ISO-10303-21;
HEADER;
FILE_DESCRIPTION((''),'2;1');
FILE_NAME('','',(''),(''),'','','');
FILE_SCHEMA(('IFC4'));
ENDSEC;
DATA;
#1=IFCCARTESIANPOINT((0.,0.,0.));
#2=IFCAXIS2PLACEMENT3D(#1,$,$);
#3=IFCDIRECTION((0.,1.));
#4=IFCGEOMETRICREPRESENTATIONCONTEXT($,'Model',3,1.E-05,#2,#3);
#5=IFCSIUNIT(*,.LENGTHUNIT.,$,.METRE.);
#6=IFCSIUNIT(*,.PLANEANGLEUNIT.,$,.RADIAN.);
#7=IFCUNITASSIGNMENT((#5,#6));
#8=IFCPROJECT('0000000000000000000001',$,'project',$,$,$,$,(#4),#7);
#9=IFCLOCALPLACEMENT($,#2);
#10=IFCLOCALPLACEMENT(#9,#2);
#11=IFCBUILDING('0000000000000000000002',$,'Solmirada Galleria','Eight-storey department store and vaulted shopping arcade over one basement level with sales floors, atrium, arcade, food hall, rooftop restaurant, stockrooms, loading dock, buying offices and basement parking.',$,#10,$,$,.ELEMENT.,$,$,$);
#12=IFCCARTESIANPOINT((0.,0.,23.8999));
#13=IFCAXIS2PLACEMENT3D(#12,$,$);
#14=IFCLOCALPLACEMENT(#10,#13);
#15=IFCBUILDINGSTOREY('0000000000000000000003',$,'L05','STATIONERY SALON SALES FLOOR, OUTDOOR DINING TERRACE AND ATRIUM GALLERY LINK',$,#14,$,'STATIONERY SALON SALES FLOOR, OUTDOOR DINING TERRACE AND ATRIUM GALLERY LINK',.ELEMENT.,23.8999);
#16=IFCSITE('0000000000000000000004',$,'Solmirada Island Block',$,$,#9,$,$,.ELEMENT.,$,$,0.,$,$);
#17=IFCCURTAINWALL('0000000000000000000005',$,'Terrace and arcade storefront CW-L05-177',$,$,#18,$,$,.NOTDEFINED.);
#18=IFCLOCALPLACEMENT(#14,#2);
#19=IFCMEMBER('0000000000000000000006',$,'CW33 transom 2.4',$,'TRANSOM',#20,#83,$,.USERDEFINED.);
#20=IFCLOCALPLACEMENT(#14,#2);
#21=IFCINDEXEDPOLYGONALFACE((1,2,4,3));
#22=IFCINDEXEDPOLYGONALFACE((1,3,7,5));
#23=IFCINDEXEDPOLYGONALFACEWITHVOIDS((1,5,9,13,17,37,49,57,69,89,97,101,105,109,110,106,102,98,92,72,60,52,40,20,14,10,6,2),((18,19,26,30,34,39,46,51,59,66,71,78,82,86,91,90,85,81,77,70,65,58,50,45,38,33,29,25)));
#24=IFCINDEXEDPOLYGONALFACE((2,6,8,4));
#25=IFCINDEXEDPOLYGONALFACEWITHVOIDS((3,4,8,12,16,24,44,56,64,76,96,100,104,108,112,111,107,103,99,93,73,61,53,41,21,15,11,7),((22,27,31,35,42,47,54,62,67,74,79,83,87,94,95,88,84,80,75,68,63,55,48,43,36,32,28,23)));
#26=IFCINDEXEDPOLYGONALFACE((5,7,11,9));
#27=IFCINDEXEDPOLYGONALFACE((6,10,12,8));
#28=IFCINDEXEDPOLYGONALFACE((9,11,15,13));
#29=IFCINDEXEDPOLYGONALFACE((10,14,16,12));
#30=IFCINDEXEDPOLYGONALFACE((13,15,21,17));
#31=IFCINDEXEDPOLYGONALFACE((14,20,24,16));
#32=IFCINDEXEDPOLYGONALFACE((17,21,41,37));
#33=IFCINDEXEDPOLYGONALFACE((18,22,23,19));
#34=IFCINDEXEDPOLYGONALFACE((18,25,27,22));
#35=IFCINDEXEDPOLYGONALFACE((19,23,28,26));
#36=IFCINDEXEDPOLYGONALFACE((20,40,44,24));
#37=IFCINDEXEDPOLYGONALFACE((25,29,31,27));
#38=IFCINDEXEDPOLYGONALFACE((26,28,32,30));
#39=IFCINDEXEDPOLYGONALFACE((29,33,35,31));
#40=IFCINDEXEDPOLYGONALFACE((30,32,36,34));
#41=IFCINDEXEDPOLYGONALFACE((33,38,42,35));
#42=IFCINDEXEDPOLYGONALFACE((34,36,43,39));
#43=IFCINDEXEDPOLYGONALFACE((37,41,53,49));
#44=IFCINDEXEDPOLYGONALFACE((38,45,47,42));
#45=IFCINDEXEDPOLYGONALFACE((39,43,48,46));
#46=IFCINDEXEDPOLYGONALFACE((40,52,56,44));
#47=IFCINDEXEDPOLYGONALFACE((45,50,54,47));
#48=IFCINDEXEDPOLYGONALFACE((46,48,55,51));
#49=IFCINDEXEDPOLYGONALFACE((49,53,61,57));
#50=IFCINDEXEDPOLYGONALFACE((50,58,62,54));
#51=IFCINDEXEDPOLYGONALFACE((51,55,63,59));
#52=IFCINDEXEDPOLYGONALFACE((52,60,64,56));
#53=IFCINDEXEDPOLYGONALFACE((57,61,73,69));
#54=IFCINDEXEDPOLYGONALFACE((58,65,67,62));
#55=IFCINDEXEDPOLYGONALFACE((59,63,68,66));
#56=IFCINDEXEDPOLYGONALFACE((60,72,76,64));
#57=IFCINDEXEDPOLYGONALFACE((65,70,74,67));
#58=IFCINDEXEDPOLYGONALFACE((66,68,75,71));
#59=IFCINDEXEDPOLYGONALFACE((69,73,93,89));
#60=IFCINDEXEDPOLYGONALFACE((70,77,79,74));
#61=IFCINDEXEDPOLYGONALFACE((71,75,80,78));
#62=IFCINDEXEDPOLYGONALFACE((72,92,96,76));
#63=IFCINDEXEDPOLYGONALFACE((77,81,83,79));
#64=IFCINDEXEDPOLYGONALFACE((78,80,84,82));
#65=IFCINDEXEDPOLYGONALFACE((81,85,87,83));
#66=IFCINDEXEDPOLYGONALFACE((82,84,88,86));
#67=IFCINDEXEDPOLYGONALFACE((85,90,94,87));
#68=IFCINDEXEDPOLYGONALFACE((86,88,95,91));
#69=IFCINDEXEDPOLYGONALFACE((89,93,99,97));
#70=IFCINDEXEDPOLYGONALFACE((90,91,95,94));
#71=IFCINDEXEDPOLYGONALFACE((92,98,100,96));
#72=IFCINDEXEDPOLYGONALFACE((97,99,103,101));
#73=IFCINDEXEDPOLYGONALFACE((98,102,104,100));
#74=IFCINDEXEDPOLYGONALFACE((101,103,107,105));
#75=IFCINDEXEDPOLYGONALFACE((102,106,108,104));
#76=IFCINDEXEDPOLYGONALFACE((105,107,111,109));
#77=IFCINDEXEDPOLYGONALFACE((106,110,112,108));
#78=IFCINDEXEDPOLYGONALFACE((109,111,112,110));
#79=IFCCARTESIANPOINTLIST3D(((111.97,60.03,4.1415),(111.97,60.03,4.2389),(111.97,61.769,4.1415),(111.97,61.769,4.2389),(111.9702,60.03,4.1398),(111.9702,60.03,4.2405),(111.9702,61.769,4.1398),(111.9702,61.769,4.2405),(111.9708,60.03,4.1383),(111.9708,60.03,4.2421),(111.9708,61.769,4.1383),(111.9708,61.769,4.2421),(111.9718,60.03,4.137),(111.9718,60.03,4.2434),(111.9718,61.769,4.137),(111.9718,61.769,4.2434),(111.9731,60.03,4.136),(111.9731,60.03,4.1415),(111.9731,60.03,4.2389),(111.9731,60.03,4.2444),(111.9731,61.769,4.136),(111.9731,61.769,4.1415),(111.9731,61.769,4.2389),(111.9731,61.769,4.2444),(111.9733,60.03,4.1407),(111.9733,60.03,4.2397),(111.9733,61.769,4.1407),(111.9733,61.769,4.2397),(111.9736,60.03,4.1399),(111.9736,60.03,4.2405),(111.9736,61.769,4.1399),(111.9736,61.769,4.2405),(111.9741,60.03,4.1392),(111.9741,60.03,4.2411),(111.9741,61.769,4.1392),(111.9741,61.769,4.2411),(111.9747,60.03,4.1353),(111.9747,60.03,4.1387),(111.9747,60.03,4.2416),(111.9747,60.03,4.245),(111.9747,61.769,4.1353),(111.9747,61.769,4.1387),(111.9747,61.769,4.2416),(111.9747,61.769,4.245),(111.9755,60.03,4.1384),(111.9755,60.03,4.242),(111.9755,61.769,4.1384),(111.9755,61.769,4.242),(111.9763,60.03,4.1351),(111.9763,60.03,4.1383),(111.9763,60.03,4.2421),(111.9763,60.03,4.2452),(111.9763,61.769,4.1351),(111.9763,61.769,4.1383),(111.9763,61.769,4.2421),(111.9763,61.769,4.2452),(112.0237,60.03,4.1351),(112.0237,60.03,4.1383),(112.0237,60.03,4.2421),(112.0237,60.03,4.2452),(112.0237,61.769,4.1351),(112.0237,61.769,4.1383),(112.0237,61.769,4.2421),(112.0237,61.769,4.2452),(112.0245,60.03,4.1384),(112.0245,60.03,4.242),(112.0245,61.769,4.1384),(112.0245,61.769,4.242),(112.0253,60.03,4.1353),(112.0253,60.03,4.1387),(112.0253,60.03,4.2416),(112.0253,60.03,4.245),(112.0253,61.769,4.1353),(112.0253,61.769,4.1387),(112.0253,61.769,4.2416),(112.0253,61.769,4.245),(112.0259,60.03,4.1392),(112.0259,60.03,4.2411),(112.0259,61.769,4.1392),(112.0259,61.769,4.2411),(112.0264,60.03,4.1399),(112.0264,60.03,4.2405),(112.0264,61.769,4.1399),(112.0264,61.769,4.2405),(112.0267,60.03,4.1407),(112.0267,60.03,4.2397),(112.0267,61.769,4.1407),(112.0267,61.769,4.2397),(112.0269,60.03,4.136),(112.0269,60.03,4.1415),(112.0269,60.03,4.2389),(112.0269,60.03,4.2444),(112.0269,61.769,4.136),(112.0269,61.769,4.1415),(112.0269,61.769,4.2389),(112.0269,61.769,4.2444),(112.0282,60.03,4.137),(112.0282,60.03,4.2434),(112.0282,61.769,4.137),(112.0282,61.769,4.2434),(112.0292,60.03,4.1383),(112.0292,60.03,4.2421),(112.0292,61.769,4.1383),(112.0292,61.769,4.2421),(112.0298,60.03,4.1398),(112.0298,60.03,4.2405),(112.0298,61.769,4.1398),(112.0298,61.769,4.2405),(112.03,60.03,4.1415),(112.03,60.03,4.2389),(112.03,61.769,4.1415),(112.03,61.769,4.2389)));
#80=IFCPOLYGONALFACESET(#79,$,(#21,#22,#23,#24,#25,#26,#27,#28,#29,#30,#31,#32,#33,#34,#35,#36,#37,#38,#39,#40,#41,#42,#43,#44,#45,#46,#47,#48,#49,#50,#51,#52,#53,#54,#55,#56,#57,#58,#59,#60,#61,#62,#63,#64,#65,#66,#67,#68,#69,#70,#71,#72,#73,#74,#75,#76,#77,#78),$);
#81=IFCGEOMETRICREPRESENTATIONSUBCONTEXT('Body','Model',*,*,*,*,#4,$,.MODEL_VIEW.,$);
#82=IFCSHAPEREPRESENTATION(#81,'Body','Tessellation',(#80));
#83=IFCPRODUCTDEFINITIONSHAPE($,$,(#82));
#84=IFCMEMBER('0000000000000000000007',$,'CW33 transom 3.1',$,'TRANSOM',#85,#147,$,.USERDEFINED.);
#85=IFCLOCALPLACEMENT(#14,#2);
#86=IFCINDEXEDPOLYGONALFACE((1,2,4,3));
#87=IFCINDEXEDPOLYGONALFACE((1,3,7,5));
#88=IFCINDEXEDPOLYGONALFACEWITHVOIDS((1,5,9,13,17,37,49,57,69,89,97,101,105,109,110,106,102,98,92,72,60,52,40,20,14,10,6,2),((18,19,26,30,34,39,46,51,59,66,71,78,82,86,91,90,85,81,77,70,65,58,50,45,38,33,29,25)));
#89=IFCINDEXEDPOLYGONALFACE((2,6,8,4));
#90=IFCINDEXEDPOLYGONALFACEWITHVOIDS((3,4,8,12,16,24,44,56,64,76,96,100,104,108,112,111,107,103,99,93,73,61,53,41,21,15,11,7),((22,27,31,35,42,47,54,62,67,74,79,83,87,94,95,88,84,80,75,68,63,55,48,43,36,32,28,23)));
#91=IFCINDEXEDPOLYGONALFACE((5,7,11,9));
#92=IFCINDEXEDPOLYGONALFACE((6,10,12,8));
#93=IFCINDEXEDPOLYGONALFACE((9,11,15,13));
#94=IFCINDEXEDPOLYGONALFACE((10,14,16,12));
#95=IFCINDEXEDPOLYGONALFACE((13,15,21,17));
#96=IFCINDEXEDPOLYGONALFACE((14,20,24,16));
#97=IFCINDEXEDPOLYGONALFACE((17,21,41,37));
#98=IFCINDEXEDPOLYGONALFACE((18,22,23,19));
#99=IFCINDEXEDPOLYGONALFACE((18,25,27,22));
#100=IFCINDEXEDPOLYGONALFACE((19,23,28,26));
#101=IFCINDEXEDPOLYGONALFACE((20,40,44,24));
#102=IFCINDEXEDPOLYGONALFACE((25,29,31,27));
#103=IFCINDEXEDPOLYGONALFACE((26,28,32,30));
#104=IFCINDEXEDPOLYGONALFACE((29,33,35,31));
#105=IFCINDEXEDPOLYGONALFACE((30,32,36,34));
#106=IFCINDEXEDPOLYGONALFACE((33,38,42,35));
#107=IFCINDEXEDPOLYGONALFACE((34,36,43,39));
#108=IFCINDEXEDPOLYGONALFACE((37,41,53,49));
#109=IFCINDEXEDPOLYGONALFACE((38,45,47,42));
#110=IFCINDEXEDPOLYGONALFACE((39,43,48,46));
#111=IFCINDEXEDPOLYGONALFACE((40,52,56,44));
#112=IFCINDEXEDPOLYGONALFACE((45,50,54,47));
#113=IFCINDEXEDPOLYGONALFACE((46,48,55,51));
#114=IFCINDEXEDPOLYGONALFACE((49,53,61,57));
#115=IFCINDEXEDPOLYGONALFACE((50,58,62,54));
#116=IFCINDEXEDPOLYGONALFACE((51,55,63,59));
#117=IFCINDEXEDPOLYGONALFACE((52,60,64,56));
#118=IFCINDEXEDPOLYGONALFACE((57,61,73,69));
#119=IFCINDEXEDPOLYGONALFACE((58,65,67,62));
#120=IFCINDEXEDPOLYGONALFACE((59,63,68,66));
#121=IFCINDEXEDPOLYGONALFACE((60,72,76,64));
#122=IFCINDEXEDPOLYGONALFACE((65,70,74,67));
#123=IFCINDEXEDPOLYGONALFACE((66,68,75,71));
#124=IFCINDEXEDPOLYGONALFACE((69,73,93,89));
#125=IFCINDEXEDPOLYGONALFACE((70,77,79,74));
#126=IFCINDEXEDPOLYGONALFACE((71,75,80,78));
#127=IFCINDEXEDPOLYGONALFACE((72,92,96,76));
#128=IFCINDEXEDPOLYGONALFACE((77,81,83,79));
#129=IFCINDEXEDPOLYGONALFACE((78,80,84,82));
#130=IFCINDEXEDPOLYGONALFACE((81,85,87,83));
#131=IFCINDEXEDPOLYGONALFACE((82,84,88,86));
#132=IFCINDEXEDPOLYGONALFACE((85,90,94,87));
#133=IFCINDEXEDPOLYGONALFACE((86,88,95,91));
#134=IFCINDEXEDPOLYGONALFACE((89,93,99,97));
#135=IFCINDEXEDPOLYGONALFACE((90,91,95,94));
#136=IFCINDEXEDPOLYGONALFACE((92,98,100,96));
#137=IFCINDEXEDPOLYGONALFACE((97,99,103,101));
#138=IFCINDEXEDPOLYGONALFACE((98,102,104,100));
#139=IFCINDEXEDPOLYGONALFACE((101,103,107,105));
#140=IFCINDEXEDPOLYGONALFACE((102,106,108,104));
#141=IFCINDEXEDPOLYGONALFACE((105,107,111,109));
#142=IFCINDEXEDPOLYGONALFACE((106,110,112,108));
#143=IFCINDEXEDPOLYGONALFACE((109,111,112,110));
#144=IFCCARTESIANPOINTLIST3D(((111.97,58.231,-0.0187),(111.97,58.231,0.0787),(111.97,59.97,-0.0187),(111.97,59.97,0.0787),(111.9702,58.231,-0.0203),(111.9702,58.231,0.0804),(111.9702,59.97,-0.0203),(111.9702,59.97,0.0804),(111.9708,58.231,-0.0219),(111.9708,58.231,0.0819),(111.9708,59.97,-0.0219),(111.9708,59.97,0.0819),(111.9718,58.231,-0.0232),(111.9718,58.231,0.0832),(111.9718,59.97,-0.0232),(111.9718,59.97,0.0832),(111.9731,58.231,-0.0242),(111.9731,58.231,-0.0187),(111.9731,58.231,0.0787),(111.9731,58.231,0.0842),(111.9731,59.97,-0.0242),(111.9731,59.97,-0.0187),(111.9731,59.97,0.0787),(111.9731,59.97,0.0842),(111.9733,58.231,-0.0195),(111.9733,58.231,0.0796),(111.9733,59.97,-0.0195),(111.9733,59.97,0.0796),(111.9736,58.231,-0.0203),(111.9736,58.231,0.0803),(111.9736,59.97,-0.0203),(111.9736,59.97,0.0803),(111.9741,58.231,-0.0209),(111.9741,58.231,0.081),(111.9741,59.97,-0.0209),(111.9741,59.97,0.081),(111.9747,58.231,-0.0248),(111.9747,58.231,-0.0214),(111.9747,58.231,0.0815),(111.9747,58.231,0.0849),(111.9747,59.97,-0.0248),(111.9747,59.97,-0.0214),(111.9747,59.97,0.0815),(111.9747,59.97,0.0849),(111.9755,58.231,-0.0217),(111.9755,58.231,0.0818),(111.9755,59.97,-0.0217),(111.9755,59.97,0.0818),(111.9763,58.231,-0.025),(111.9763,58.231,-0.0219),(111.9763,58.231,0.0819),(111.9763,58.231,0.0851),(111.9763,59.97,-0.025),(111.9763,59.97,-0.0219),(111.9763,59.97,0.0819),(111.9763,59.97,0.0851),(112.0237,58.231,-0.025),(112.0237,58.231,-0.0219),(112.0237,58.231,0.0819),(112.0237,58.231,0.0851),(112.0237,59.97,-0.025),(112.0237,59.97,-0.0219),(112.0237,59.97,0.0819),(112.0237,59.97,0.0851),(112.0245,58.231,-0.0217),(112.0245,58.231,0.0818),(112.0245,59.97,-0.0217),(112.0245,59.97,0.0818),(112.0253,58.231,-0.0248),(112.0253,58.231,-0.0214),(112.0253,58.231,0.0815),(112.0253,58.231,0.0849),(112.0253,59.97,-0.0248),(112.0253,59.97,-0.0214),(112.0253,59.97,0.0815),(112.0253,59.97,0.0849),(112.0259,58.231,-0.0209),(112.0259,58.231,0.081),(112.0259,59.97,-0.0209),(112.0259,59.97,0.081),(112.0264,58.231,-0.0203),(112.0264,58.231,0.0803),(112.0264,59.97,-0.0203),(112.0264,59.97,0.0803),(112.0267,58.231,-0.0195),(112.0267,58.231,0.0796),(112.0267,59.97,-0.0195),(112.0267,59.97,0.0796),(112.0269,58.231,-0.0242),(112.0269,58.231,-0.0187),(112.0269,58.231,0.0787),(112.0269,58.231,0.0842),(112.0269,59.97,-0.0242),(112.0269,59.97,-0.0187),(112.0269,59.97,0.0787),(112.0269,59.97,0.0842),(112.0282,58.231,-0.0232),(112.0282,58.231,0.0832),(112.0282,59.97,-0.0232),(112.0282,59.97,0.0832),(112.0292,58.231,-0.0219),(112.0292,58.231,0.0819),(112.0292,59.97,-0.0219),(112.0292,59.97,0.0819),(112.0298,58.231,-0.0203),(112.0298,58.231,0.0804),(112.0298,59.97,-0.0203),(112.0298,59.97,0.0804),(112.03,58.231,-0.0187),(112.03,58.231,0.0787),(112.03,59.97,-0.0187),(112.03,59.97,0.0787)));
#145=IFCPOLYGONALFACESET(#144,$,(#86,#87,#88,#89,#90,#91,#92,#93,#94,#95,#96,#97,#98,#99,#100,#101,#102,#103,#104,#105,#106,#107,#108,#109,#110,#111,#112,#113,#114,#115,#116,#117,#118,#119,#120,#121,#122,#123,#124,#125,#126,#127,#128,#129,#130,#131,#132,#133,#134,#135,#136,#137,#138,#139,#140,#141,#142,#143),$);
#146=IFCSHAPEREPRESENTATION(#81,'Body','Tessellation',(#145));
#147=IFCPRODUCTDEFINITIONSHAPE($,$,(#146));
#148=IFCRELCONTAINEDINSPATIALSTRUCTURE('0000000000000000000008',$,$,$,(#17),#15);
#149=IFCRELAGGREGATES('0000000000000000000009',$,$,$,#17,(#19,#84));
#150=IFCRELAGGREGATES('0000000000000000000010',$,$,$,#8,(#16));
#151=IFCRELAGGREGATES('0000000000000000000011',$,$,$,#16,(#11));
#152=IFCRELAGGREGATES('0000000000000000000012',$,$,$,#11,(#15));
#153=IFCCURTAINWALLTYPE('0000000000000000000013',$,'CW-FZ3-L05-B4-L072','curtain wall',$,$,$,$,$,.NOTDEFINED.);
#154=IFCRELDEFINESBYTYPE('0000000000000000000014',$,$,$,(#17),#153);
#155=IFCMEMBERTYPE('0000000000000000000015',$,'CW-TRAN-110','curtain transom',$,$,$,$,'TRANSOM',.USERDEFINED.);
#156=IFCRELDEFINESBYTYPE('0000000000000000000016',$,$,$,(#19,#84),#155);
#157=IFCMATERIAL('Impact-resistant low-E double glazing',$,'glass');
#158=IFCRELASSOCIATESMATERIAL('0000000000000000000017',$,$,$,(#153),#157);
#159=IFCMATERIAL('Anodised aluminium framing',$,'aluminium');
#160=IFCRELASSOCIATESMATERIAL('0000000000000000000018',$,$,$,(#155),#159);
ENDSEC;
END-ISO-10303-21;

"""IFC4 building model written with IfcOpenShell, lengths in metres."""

from ifc_helpers import new_model, si_unit, direction, frame, origin, origin_2d, place, context, subcontext, project, spatial, hollow_rectangle, extrude, material, material_profile, profile_set, type_object, element, aggregate, save


model = new_model("IFC4")

# Units and contexts
model_context = context("Model", 3, precision=1e-05, world=origin(), true_north=direction((0.0, 1.0)))
body_context = subcontext(model_context, "Body", "Model", "MODEL_VIEW")
ifc_project = project(units=[si_unit("LENGTHUNIT", "METRE"), si_unit("PLANEANGLEUNIT", "RADIAN")], contexts=[model_context])

# Site, building, storey
site_placement = place(None, origin())
site = spatial("IfcSite", under=ifc_project, at=site_placement, Name="Solmirada Island Block", CompositionType="ELEMENT", RefElevation=0.0)
building_placement = place(site_placement, origin())
building = spatial("IfcBuilding", under=site, at=building_placement, Name="Solmirada Galleria", Description="Eight-storey department store and vaulted shopping arcade over one basement level with sales floors, atrium, arcade, food hall, rooftop restaurant, stockrooms, loading dock, buying offices and basement parking.", CompositionType="ELEMENT")
storey_placement = place(building_placement, frame((0.0, 0.0, 23.8999)))
storey = spatial("IfcBuildingStorey", under=building, at=storey_placement, Name="L05", Description="STATIONERY SALON SALES FLOOR, OUTDOOR DINING TERRACE AND ATRIUM GALLERY LINK", LongName="STATIONERY SALON SALES FLOOR, OUTDOOR DINING TERRACE AND ATRIUM GALLERY LINK", CompositionType="ELEMENT", Elevation=23.8999)

# Curtain wall, members
ifc_material_1 = material(Name="Impact-resistant low-E double glazing", Category="glass")
curtain_wall_type = type_object("IfcCurtainWallType", Name="CW-FZ3-L05-B4-L072", Description="curtain wall", PredefinedType="NOTDEFINED", material=ifc_material_1)
curtain_wall_placement = place(storey_placement, origin())
curtain_wall = element("IfcCurtainWall", 1, at=curtain_wall_placement, inside=storey, type_object=curtain_wall_type, Name="Terrace and arcade storefront CW-L05-177", PredefinedType="NOTDEFINED")
ifc_material_2 = material(Name="Anodised aluminium framing", Category="aluminium")
ifc_material_profile_1 = material_profile(ifc_material_2, hollow_rectangle(XDim=0.0601, YDim=0.1101, WallThickness=0.0032, InnerFilletRadius=0.0032, OuterFilletRadius=0.0063, at=origin_2d()), Name="ALU-TRAN-110X60")
ifc_profile_set_1 = profile_set([ifc_material_profile_1], Name="Anodised aluminium framing")
member_type_1 = type_object("IfcMemberType", Name="CW-TRAN-110", Description="curtain transom", ElementType="TRANSOM", PredefinedType="USERDEFINED", material=ifc_profile_set_1)
member_1_placement = place(storey_placement, frame((112.0, 61.769, 4.1902), z_axis=(0.0, -1.0, 0.0), x_axis=(1.0, 0.0, 0.0)))
member_1 = element("IfcMember", 2, at=member_1_placement, type_object=member_type_1, Name="CW33 transom 2.4", ObjectType="TRANSOM", PredefinedType="USERDEFINED", context=body_context, shape_type="SweptSolid", body=[
    extrude(hollow_rectangle(XDim=0.0601, YDim=0.1101, WallThickness=0.0032, InnerFilletRadius=0.0032, OuterFilletRadius=0.0063, at=origin_2d()), origin(), (0.0, 0.0, 1.0), 1.739),
])
member_2_placement = place(storey_placement, frame((112.0, 59.97, 0.03), z_axis=(0.0, -1.0, 0.0), x_axis=(1.0, 0.0, 0.0)))
member_2 = element("IfcMember", 3, at=member_2_placement, type_object=member_type_1, Name="CW33 transom 3.1", ObjectType="TRANSOM", PredefinedType="USERDEFINED", context=body_context, shape_type="SweptSolid", body=[
    extrude(hollow_rectangle(XDim=0.0601, YDim=0.1101, WallThickness=0.0032, InnerFilletRadius=0.0032, OuterFilletRadius=0.0063, at=origin_2d()), origin(), (0.0, 0.0, 1.0), 1.739),
])
aggregate(curtain_wall, [member_1, member_2])

save(model, "model.ifc")
